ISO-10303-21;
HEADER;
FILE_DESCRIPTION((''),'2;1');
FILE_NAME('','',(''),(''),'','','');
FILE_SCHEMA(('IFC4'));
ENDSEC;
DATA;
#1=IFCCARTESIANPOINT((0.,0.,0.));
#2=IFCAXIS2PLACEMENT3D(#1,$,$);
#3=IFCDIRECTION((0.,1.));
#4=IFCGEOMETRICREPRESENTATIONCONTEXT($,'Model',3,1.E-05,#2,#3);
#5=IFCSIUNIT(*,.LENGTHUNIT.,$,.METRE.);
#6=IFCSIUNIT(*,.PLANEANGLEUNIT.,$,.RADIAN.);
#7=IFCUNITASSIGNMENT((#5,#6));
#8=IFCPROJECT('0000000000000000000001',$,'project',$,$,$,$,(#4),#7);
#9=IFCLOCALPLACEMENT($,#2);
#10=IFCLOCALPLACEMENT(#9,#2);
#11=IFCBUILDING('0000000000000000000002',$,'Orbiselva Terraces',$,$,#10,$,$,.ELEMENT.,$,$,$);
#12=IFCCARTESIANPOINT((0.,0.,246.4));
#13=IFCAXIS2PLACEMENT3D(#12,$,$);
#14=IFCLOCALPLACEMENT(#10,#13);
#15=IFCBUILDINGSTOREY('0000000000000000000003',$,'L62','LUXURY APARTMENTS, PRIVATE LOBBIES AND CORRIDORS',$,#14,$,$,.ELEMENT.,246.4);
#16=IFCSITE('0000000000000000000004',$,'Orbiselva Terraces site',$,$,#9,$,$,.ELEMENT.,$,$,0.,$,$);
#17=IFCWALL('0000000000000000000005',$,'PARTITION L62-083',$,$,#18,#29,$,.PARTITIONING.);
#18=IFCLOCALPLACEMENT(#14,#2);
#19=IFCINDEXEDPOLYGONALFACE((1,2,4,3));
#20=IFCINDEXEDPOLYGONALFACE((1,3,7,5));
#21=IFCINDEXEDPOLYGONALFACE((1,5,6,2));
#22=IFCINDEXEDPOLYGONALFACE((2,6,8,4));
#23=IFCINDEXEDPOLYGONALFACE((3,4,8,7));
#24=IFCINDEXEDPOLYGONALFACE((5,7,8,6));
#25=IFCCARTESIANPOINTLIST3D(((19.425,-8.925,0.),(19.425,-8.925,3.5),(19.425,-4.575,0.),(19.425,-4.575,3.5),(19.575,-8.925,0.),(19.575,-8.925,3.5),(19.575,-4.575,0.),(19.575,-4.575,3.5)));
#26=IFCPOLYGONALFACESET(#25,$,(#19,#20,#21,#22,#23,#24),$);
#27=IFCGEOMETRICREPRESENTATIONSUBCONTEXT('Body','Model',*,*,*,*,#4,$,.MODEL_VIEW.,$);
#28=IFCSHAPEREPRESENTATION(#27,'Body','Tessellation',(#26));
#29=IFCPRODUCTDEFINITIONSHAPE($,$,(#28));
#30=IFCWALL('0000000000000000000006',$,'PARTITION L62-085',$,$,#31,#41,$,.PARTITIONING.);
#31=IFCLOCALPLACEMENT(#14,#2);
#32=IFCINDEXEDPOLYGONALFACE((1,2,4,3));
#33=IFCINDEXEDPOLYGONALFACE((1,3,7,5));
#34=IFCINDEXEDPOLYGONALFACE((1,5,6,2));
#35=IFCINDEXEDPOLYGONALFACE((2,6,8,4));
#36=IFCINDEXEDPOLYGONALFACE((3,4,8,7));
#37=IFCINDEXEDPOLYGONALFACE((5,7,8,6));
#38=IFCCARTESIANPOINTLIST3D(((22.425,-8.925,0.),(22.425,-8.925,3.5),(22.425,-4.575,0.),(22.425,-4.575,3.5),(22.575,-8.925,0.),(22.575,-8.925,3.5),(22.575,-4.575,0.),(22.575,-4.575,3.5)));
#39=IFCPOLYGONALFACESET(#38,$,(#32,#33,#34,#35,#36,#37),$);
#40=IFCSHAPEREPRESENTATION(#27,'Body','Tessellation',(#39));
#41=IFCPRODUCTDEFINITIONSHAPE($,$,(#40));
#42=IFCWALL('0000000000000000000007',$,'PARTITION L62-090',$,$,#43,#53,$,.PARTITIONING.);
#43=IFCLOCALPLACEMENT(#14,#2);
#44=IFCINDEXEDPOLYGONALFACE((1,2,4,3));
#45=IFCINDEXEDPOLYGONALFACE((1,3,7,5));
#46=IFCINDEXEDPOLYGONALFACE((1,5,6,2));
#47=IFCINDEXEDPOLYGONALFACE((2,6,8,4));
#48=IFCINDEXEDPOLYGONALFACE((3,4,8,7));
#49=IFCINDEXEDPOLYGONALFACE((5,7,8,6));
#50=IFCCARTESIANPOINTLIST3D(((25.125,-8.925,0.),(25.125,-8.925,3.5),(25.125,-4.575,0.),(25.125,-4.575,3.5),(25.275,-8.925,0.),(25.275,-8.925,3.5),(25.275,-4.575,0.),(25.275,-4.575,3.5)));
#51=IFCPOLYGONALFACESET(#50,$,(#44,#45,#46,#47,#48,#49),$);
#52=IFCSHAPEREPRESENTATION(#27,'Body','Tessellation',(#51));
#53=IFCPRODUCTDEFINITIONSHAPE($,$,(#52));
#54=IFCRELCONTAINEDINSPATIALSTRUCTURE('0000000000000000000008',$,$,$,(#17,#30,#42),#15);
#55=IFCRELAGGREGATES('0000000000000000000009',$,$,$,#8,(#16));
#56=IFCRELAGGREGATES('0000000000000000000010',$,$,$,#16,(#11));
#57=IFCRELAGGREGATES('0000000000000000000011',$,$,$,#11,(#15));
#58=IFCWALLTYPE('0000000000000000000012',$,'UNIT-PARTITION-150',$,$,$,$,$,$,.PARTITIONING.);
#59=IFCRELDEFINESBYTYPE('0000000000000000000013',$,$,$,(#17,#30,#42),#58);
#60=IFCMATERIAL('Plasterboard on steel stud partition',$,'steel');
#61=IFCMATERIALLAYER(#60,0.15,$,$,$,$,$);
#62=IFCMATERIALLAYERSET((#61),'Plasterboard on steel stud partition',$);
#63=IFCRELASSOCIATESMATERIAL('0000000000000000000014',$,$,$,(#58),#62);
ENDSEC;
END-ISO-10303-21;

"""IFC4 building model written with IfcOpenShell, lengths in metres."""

from ifc_helpers import new_model, si_unit, direction, frame, frame_2d, origin, place, context, subcontext, project, spatial, rectangle, extrude, material, layer, layer_set, type_object, element, save


model = new_model("IFC4")

# Units and contexts
model_context = context("Model", 3, precision=1e-05, world=origin(), true_north=direction((0.0, 1.0)))
body_context = subcontext(model_context, "Body", "Model", "MODEL_VIEW")
ifc_project = project(units=[si_unit("LENGTHUNIT", "METRE"), si_unit("PLANEANGLEUNIT", "RADIAN")], contexts=[model_context])

# Site, building, storey
site_placement = place(None, origin())
site = spatial("IfcSite", under=ifc_project, at=site_placement, Name="Orbiselva Terraces site", CompositionType="ELEMENT", RefElevation=0.0)
building_placement = place(site_placement, origin())
building = spatial("IfcBuilding", under=site, at=building_placement, Name="Orbiselva Terraces", CompositionType="ELEMENT")
storey_placement = place(building_placement, frame((0.0, 0.0, 246.4)))
storey = spatial("IfcBuildingStorey", under=building, at=storey_placement, Name="L62", Description="LUXURY APARTMENTS, PRIVATE LOBBIES AND CORRIDORS", CompositionType="ELEMENT", Elevation=246.4)

# Shared definitions
ifc_material_1 = material(Name="Plasterboard on steel stud partition", Category="steel")
ifc_layer_1 = layer(ifc_material_1, 0.15)
ifc_layer_set_1 = layer_set([ifc_layer_1], Name="Plasterboard on steel stud partition")
wall_type_1 = type_object("IfcWallType", Name="UNIT-PARTITION-150", PredefinedType="PARTITIONING", material=ifc_layer_set_1)

# Walls
for number, where, z_axis, x_axis, name in (
    (1, (19.5, -8.925, 0.0), (0.0, 0.0, 1.0), (0.0, 1.0, 0.0), "PARTITION L62-083"),
    (2, (22.5, -8.925, 0.0), (0.0, 0.0, 1.0), (0.0, 1.0, 0.0), "PARTITION L62-085"),
    (3, (25.2, -8.925, 0.0), (0.0, 0.0, 1.0), (0.0, 1.0, 0.0), "PARTITION L62-090"),
):
    element("IfcWall", number, at=place(storey_placement, frame(where, z_axis=z_axis, x_axis=x_axis)), inside=storey, type_object=wall_type_1, Name=name, PredefinedType="PARTITIONING", context=body_context, shape_type="SweptSolid", body=[
        extrude(rectangle(XDim=4.35, YDim=0.15, at=frame_2d((2.175, 0.0))), origin(), (0.0, 0.0, 1.0), 3.5),
    ])

save(model, "model.ifc")
